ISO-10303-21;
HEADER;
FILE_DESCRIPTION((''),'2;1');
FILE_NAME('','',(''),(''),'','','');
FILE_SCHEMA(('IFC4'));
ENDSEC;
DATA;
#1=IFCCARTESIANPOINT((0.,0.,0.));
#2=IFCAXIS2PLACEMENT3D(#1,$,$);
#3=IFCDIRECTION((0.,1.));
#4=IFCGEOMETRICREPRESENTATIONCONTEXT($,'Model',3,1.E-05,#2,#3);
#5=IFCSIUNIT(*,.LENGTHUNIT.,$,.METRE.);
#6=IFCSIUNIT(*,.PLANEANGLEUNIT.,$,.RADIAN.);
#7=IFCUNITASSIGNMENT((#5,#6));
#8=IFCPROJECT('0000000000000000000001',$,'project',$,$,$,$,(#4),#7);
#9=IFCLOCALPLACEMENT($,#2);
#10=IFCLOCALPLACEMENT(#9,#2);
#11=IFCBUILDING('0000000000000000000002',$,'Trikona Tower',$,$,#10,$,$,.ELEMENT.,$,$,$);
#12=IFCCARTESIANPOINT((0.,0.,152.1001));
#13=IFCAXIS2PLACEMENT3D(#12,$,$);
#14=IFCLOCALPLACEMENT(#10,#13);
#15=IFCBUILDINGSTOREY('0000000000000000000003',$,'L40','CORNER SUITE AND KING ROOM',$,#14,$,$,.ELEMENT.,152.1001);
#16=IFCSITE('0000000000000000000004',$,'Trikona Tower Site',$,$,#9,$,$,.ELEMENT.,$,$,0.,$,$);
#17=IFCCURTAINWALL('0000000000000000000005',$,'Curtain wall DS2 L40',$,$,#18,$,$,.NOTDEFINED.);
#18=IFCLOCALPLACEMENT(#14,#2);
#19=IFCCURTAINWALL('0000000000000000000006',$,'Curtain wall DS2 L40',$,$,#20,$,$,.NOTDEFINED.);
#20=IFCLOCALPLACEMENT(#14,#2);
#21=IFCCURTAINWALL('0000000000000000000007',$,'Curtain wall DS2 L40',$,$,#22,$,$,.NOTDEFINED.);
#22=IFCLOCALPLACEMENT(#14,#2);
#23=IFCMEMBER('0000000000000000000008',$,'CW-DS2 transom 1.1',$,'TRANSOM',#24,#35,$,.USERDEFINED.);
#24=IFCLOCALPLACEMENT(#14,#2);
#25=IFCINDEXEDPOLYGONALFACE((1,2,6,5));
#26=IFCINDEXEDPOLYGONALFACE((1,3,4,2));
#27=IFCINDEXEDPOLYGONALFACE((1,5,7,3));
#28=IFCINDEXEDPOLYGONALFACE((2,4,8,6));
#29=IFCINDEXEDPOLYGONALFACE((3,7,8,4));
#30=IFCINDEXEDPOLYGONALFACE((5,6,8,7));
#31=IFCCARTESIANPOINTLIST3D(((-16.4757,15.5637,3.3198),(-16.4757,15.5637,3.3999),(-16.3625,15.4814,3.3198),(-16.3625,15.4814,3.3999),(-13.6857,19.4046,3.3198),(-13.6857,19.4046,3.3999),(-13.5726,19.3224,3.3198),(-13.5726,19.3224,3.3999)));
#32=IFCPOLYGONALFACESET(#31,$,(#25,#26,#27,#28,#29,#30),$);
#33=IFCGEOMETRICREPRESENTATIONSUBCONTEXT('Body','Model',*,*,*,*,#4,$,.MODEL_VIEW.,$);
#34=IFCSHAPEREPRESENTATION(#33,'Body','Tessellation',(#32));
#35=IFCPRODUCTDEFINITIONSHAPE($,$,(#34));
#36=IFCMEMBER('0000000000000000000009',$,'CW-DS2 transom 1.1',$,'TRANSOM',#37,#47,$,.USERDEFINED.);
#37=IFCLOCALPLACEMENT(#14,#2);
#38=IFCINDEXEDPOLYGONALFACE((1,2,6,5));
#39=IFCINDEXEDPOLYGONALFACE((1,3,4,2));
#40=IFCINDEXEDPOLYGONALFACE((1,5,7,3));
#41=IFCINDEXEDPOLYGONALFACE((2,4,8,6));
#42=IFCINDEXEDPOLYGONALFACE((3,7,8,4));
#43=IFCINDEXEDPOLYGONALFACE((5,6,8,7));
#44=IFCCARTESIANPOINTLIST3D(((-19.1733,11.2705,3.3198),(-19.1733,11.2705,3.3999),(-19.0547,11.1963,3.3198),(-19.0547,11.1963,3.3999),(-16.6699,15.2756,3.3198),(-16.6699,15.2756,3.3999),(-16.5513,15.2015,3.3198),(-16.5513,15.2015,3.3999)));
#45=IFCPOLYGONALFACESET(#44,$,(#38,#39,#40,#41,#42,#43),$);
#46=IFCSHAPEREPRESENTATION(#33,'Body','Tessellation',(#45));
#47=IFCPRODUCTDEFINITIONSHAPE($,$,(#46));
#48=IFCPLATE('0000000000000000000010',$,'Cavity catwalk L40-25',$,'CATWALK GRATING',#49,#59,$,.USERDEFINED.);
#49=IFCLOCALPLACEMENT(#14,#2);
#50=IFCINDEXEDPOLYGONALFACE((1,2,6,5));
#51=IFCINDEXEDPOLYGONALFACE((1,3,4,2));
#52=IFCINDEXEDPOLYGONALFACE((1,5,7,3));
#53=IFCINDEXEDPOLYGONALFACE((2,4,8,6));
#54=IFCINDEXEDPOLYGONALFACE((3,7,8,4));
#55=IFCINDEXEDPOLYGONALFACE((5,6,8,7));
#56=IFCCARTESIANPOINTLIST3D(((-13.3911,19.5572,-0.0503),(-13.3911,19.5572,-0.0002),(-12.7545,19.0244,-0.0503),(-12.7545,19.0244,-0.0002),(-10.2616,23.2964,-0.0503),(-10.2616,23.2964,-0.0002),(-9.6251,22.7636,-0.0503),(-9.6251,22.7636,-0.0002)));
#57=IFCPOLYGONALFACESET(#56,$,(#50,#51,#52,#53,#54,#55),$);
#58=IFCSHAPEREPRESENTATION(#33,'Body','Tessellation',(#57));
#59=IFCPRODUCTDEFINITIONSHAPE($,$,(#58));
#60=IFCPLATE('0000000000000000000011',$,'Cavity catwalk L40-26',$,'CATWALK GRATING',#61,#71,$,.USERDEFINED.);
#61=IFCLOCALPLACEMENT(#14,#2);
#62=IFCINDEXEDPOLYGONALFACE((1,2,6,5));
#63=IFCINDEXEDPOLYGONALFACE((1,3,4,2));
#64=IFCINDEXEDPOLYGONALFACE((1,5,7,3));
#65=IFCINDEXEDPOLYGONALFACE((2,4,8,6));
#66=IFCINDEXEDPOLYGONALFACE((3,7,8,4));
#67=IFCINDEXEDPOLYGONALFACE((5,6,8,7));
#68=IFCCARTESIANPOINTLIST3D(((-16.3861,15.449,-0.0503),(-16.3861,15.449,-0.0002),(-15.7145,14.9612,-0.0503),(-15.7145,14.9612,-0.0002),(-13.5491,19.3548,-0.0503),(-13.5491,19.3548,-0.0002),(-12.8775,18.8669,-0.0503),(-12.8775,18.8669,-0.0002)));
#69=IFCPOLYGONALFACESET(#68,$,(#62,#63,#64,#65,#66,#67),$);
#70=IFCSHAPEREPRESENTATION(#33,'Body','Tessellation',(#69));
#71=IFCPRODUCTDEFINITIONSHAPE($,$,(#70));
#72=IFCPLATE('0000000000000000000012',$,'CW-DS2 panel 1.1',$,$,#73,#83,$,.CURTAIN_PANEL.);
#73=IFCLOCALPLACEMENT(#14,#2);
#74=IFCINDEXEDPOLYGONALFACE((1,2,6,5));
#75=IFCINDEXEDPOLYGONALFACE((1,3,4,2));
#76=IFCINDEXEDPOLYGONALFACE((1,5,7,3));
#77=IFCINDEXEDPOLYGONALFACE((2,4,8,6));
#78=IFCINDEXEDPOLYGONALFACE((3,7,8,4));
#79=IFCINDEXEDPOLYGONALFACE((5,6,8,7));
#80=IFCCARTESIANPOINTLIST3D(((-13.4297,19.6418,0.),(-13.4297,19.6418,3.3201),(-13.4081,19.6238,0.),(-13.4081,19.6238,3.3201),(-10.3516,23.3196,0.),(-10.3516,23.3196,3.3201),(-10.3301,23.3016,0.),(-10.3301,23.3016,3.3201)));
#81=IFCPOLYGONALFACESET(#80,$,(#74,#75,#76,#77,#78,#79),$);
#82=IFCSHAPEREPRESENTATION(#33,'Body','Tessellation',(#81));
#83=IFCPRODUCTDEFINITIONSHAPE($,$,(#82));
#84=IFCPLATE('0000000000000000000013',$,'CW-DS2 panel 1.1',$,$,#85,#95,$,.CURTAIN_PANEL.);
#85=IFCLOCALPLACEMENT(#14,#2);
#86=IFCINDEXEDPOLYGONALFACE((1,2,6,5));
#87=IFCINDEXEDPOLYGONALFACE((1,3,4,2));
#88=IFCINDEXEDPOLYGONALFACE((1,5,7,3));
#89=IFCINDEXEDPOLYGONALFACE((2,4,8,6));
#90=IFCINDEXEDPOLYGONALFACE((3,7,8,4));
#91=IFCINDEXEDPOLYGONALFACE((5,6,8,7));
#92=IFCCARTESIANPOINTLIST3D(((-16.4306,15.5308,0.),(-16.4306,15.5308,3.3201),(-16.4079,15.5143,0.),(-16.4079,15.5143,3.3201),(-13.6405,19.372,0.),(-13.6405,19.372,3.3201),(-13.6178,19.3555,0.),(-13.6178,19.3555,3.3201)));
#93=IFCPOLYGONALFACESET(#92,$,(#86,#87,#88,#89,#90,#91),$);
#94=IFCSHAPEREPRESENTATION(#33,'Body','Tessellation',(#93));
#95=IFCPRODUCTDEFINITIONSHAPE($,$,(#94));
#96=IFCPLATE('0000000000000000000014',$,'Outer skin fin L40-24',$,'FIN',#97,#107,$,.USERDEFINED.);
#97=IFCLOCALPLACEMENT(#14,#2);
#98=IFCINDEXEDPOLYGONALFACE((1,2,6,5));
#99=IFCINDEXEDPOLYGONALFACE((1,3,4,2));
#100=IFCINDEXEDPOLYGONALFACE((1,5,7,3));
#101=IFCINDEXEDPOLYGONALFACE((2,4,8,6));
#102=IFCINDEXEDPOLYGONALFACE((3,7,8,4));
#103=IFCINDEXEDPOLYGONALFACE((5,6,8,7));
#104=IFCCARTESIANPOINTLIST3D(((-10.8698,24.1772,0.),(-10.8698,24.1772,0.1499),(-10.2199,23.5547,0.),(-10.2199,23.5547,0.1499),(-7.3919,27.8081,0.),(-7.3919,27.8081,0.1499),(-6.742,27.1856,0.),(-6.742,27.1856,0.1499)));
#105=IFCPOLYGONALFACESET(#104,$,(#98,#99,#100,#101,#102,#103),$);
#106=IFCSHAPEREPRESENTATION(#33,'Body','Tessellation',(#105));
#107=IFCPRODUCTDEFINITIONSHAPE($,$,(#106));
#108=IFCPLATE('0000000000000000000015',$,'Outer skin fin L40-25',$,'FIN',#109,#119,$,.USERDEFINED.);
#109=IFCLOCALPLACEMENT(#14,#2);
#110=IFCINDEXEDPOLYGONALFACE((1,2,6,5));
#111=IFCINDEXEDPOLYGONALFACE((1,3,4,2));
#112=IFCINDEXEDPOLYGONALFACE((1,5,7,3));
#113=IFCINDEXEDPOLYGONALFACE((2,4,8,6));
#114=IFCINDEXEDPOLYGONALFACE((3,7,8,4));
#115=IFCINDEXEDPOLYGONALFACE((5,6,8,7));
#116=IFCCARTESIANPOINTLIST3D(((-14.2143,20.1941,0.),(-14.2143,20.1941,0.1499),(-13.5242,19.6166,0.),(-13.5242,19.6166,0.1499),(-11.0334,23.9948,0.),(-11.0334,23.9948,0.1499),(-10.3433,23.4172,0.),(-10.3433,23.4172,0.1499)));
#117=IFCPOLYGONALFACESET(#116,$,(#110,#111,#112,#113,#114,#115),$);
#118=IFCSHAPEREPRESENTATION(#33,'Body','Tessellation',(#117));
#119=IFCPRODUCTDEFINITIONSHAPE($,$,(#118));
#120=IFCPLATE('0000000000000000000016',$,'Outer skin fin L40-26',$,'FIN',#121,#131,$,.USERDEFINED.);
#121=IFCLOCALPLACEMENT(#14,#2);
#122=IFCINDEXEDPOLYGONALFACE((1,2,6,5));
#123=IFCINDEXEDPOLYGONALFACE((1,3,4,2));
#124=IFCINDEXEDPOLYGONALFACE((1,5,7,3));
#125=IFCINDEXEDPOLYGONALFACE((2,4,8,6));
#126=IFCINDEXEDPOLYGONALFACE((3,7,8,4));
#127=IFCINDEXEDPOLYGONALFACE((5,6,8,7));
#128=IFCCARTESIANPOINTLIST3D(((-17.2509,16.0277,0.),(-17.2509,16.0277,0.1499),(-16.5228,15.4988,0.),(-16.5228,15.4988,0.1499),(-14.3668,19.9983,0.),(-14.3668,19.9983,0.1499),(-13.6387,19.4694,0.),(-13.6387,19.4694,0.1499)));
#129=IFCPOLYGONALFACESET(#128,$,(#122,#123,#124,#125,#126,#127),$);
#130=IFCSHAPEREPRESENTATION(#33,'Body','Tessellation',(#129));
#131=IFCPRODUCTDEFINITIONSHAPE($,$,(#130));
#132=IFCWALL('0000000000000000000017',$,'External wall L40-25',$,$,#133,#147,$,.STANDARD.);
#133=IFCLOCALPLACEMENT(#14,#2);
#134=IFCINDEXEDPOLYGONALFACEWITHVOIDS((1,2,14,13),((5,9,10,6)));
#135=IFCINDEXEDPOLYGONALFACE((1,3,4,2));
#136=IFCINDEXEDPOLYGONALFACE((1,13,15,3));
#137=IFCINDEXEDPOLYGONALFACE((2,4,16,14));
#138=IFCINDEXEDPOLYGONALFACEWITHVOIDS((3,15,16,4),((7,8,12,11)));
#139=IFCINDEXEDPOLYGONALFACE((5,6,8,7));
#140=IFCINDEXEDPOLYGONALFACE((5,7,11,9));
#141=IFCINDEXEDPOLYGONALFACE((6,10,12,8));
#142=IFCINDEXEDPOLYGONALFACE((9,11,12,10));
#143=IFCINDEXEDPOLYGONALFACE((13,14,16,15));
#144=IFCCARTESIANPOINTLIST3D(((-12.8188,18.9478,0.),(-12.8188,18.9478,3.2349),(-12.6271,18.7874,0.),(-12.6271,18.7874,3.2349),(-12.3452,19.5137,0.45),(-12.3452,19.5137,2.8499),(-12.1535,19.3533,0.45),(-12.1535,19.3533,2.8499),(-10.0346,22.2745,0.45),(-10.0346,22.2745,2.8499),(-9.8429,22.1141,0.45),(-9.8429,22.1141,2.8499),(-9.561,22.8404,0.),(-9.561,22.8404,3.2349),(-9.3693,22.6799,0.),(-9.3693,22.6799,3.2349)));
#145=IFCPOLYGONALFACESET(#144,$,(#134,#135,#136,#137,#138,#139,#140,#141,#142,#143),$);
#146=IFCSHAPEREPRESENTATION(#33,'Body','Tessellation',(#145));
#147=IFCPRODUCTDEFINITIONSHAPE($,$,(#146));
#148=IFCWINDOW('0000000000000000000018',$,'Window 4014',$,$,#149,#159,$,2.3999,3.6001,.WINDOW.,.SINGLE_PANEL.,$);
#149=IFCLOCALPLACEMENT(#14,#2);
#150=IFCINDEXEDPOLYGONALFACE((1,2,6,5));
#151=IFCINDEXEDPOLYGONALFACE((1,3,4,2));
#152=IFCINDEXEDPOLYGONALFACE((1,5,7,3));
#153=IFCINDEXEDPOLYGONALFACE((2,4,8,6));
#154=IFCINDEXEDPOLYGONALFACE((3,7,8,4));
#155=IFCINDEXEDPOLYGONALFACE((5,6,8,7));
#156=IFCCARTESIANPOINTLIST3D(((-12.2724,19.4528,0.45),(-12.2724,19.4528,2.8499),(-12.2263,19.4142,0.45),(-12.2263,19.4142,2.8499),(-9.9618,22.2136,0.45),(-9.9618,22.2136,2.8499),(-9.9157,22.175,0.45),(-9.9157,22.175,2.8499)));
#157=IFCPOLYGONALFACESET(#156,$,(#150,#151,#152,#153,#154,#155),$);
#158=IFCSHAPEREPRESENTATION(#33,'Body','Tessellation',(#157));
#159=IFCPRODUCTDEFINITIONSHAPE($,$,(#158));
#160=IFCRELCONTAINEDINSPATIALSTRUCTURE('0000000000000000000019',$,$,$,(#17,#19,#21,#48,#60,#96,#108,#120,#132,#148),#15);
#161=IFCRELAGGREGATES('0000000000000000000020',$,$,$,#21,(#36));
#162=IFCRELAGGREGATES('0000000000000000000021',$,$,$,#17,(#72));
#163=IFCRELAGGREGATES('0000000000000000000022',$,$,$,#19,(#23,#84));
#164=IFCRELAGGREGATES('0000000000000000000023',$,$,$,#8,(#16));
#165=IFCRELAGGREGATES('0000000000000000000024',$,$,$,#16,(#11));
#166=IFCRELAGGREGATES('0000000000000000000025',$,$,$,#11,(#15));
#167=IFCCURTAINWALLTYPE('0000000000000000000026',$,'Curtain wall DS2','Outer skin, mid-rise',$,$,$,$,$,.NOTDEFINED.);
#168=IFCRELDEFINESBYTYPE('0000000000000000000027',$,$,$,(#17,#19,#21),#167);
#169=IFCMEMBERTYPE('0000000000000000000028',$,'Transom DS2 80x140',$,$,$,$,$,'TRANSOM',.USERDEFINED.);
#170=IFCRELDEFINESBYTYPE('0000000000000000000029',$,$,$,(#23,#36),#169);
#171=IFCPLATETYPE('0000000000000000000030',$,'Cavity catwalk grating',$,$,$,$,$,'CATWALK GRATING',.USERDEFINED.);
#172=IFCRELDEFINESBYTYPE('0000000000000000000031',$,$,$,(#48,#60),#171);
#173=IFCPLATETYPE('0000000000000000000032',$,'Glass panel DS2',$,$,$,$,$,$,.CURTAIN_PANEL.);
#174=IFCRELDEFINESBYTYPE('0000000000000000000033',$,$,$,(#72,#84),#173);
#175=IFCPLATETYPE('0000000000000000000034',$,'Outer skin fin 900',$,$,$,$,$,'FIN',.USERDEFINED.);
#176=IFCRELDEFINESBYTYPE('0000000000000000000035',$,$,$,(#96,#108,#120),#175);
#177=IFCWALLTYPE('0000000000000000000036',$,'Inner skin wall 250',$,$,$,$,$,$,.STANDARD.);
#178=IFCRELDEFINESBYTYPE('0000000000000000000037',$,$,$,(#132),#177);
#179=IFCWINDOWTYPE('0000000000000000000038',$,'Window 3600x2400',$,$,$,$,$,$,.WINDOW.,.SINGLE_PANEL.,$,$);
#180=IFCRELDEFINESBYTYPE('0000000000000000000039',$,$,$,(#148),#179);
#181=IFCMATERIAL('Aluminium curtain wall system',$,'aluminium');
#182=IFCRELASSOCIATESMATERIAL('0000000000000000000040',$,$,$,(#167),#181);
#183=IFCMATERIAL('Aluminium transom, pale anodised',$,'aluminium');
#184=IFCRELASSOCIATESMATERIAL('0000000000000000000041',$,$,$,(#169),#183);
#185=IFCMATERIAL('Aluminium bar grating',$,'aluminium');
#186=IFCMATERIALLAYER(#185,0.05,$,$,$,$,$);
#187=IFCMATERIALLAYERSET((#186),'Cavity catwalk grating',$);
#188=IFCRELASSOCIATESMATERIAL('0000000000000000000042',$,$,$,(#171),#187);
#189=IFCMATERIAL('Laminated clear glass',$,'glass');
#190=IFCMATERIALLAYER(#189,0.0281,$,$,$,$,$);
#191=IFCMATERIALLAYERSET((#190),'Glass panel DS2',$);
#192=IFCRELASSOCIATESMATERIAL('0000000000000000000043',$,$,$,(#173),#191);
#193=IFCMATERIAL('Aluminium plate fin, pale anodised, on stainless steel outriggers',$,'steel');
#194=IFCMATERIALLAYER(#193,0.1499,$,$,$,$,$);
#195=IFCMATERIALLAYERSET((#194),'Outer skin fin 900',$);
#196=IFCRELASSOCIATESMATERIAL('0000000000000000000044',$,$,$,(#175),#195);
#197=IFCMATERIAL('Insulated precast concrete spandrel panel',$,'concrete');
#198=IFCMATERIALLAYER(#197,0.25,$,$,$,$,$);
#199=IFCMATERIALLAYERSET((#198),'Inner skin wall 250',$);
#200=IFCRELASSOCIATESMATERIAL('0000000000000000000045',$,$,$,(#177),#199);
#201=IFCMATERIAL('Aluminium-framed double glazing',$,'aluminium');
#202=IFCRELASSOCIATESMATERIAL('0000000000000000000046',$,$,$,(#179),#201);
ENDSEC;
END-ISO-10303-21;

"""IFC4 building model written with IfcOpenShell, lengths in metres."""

from ifc_helpers import new_model, si_unit, direction, frame, frame_2d, origin, origin_2d, place, context, subcontext, project, spatial, rectangle, extrude, material, layer, layer_set, material_profile, profile_set, type_object, element, fill, aggregate, save


model = new_model("IFC4")

# Units and contexts
model_context = context("Model", 3, precision=1e-05, world=origin(), true_north=direction((0.0, 1.0)))
body_context = subcontext(model_context, "Body", "Model", "MODEL_VIEW")
ifc_project = project(units=[si_unit("LENGTHUNIT", "METRE"), si_unit("PLANEANGLEUNIT", "RADIAN")], contexts=[model_context])

# Site, building, storey
site_placement = place(None, origin())
site = spatial("IfcSite", under=ifc_project, at=site_placement, Name="Trikona Tower Site", CompositionType="ELEMENT", RefElevation=0.0)
building_placement = place(site_placement, origin())
building = spatial("IfcBuilding", under=site, at=building_placement, Name="Trikona Tower", CompositionType="ELEMENT")
storey_placement = place(building_placement, frame((0.0, 0.0, 152.1001)))
storey = spatial("IfcBuildingStorey", under=building, at=storey_placement, Name="L40", Description="CORNER SUITE AND KING ROOM", CompositionType="ELEMENT", Elevation=152.1001)

# Shared definitions
ifc_material_1 = material(Name="Aluminium curtain wall system", Category="aluminium")
curtain_wall_type = type_object("IfcCurtainWallType", Name="Curtain wall DS2", Description="Outer skin, mid-rise", PredefinedType="NOTDEFINED", material=ifc_material_1)

# Curtain walls
curtain_wall_1_placement = place(storey_placement, origin())
curtain_wall_1 = element("IfcCurtainWall", 1, at=curtain_wall_1_placement, inside=storey, type_object=curtain_wall_type, Name="Curtain wall DS2 L40", PredefinedType="NOTDEFINED")
curtain_wall_2_placement = place(storey_placement, origin())
curtain_wall_2 = element("IfcCurtainWall", 2, at=curtain_wall_2_placement, inside=storey, type_object=curtain_wall_type, Name="Curtain wall DS2 L40", PredefinedType="NOTDEFINED")

# Curtain wall
curtain_wall_3_placement = place(storey_placement, origin())
curtain_wall_3 = element("IfcCurtainWall", 3, at=curtain_wall_3_placement, inside=storey, type_object=curtain_wall_type, Name="Curtain wall DS2 L40", PredefinedType="NOTDEFINED")

# Members
ifc_material_2 = material(Name="Aluminium transom, pale anodised", Category="aluminium")
ifc_material_profile_1 = material_profile(ifc_material_2, rectangle(XDim=0.1399, YDim=0.0801, at=origin_2d()), Name="TRN-DS2")
ifc_profile_set_1 = profile_set([ifc_material_profile_1], Name="Aluminium transom, pale anodised")
member_type_1 = type_object("IfcMemberType", Name="Transom DS2 80x140", ElementType="TRANSOM", PredefinedType="USERDEFINED", material=ifc_profile_set_1)
member_1_placement = place(storey_placement, frame((-13.6292, 19.3635, 3.3599), z_axis=(-0.587695, -0.809083, 0.0), x_axis=(0.809083, -0.587695, 0.0)))
member_1 = element("IfcMember", 4, at=member_1_placement, type_object=member_type_1, Name="CW-DS2 transom 1.1", ObjectType="TRANSOM", PredefinedType="USERDEFINED", context=body_context, shape_type="SweptSolid", body=[
    extrude(rectangle(XDim=0.1399, YDim=0.0801, at=origin_2d()), origin(), (0.0, 0.0, 1.0), 4.7473),
])
member_2_placement = place(storey_placement, frame((-16.6106, 15.2385, 3.3599), z_axis=(-0.530031, -0.847978, 0.0), x_axis=(0.847978, -0.530031, 0.0)))
member_2 = element("IfcMember", 5, at=member_2_placement, type_object=member_type_1, Name="CW-DS2 transom 1.1", ObjectType="TRANSOM", PredefinedType="USERDEFINED", context=body_context, shape_type="SweptSolid", body=[
    extrude(rectangle(XDim=0.1399, YDim=0.0801, at=origin_2d()), origin(), (0.0, 0.0, 1.0), 4.7231),
])
aggregate(curtain_wall_3, [member_2])

# Plates
ifc_material_3 = material(Name="Aluminium bar grating", Category="aluminium")
ifc_layer_1 = layer(ifc_material_3, 0.05)
ifc_layer_set_1 = layer_set([ifc_layer_1], Name="Cavity catwalk grating")
plate_type_1 = type_object("IfcPlateType", Name="Cavity catwalk grating", ElementType="CATWALK GRATING", PredefinedType="USERDEFINED", material=ifc_layer_set_1)
plate_1_placement = place(storey_placement, frame((-11.5081, 21.1604, -0.0503), z_axis=(0.0, 0.0, 1.0), x_axis=(-0.641807, -0.766866, 0.0)))
element("IfcPlate", 6, at=plate_1_placement, inside=storey, type_object=plate_type_1, Name="Cavity catwalk L40-25", ObjectType="CATWALK GRATING", PredefinedType="USERDEFINED", context=body_context, shape_type="SweptSolid", body=[
    extrude(rectangle(XDim=4.876, YDim=0.8301, at=origin_2d()), origin(), (0.0, 0.0, 1.0), 0.05),
])
plate_2_placement = place(storey_placement, frame((-14.6318, 17.158, -0.0503), z_axis=(0.0, 0.0, 1.0), x_axis=(-0.587686, -0.809089, 0.0)))
element("IfcPlate", 7, at=plate_2_placement, inside=storey, type_object=plate_type_1, Name="Cavity catwalk L40-26", ObjectType="CATWALK GRATING", PredefinedType="USERDEFINED", context=body_context, shape_type="SweptSolid", body=[
    extrude(rectangle(XDim=4.8274, YDim=0.8301, at=origin_2d()), origin(), (0.0, 0.0, 1.0), 0.05),
])

# Plates
ifc_material_4 = material(Name="Laminated clear glass", Category="glass")
ifc_layer_2 = layer(ifc_material_4, 0.0281)
ifc_layer_set_2 = layer_set([ifc_layer_2], Name="Glass panel DS2")
plate_type_2 = type_object("IfcPlateType", Name="Glass panel DS2", PredefinedType="CURTAIN_PANEL", material=ifc_layer_set_2)
plate_3_placement = place(storey_placement, frame((-11.8799, 21.4717, 0.0), z_axis=(0.0, 0.0, 1.0), x_axis=(-0.641806, -0.766867, 0.0)))
plate_3 = element("IfcPlate", 8, at=plate_3_placement, type_object=plate_type_2, Name="CW-DS2 panel 1.1", PredefinedType="CURTAIN_PANEL", context=body_context, shape_type="SweptSolid", body=[
    extrude(rectangle(XDim=4.7959, YDim=0.0281, at=origin_2d()), origin(), (0.0, 0.0, 1.0), 3.3201),
])
aggregate(curtain_wall_1, [plate_3])
plate_4_placement = place(storey_placement, frame((-15.0242, 17.4431, 0.0), z_axis=(0.0, 0.0, 1.0), x_axis=(-0.587691, -0.809086, 0.0)))
plate_4 = element("IfcPlate", 9, at=plate_4_placement, type_object=plate_type_2, Name="CW-DS2 panel 1.1", PredefinedType="CURTAIN_PANEL", context=body_context, shape_type="SweptSolid", body=[
    extrude(rectangle(XDim=4.7476, YDim=0.0281, at=origin_2d()), origin(), (0.0, 0.0, 1.0), 3.3201),
])
aggregate(curtain_wall_2, [member_1, plate_4])

# Plates
ifc_material_5 = material(Name="Aluminium plate fin, pale anodised, on stainless steel outriggers", Category="steel")
ifc_layer_3 = layer(ifc_material_5, 0.1499)
ifc_layer_set_3 = layer_set([ifc_layer_3], Name="Outer skin fin 900")
plate_type_3 = type_object("IfcPlateType", Name="Outer skin fin 900", ElementType="FIN", PredefinedType="USERDEFINED", material=ifc_layer_set_3)
plate_5_placement = place(storey_placement, frame((-8.8059, 25.6814, 0.0), z_axis=(0.0, 0.0, 1.0), x_axis=(-0.691724, -0.722162, 0.0)))
element("IfcPlate", 10, at=plate_5_placement, inside=storey, type_object=plate_type_3, Name="Outer skin fin L40-24", ObjectType="FIN", PredefinedType="USERDEFINED", context=body_context, shape_type="SweptSolid", body=[
    extrude(rectangle(XDim=5.0278, YDim=0.8999, at=origin_2d()), origin(), (0.0, 0.0, 1.0), 0.1499),
])
plate_6_placement = place(storey_placement, frame((-12.2788, 21.8057, 0.0), z_axis=(0.0, 0.0, 1.0), x_axis=(-0.641807, -0.766866, 0.0)))
element("IfcPlate", 11, at=plate_6_placement, inside=storey, type_object=plate_type_3, Name="Outer skin fin L40-25", ObjectType="FIN", PredefinedType="USERDEFINED", context=body_context, shape_type="SweptSolid", body=[
    extrude(rectangle(XDim=4.9561, YDim=0.8999, at=origin_2d()), origin(), (0.0, 0.0, 1.0), 0.1499),
])
plate_7_placement = place(storey_placement, frame((-15.4448, 17.7485, 0.0), z_axis=(0.0, 0.0, 1.0), x_axis=(-0.587686, -0.809089, 0.0)))
element("IfcPlate", 12, at=plate_7_placement, inside=storey, type_object=plate_type_3, Name="Outer skin fin L40-26", ObjectType="FIN", PredefinedType="USERDEFINED", context=body_context, shape_type="SweptSolid", body=[
    extrude(rectangle(XDim=4.9075, YDim=0.8999, at=origin_2d()), origin(), (0.0, 0.0, 1.0), 0.1499),
])

# Wall, opening, window
ifc_material_6 = material(Name="Insulated precast concrete spandrel panel", Category="concrete")
ifc_layer_4 = layer(ifc_material_6, 0.25)
ifc_layer_set_4 = layer_set([ifc_layer_4], Name="Inner skin wall 250")
wall_type = type_object("IfcWallType", Name="Inner skin wall 250", PredefinedType="STANDARD", material=ifc_layer_set_4)
wall_1_placement = place(storey_placement, frame((-9.4651, 22.7603, 0.0), z_axis=(0.0, 0.0, 1.0), x_axis=(-0.64181, -0.766863, 0.0)))
wall_1 = element("IfcWall", 13, at=wall_1_placement, inside=storey, type_object=wall_type, Name="External wall L40-25", PredefinedType="STANDARD", context=body_context, shape_type="SweptSolid", body=[
    extrude(rectangle(XDim=5.0759, YDim=0.25, at=frame_2d((2.5381, 0.0))), origin(), (0.0, 0.0, 1.0), 3.2349),
])
opening_1_placement = place(wall_1_placement, frame((0.738, 0.0, 0.45)))
opening_1 = element("IfcOpeningElement", 14, at=opening_1_placement, cuts=wall_1, PredefinedType="OPENING", context=body_context, shape_type="SweptSolid", body=[
    extrude(rectangle(XDim=3.6001, YDim=2.3999, at=frame_2d((1.8, 1.2))), frame((0.0, 0.135, 0.0), z_axis=(0.0, -1.0, 0.0), x_axis=(1.0, 0.0, 0.0)), (0.0, 0.0, 1.0), 0.27),
])
ifc_material_7 = material(Name="Aluminium-framed double glazing", Category="aluminium")
window_type = type_object("IfcWindowType", Name="Window 3600x2400", PartitioningType="SINGLE_PANEL", PredefinedType="WINDOW", material=ifc_material_7)
window_1_placement = place(opening_1_placement, origin())
window_1 = element("IfcWindow", 15, at=window_1_placement, inside=storey, type_object=window_type, Name="Window 4014", OverallHeight=2.3999, OverallWidth=3.6001, PartitioningType="SINGLE_PANEL", PredefinedType="WINDOW", context=body_context, shape_type="SweptSolid", body=[
    extrude(rectangle(XDim=3.6001, YDim=2.3999, at=frame_2d((1.8, 1.2))), frame((0.0, 0.03, 0.0), z_axis=(0.0, -1.0, 0.0), x_axis=(1.0, 0.0, 0.0)), (0.0, 0.0, 1.0), 0.0601),
])
fill(opening_1, window_1)

save(model, "model.ifc")
